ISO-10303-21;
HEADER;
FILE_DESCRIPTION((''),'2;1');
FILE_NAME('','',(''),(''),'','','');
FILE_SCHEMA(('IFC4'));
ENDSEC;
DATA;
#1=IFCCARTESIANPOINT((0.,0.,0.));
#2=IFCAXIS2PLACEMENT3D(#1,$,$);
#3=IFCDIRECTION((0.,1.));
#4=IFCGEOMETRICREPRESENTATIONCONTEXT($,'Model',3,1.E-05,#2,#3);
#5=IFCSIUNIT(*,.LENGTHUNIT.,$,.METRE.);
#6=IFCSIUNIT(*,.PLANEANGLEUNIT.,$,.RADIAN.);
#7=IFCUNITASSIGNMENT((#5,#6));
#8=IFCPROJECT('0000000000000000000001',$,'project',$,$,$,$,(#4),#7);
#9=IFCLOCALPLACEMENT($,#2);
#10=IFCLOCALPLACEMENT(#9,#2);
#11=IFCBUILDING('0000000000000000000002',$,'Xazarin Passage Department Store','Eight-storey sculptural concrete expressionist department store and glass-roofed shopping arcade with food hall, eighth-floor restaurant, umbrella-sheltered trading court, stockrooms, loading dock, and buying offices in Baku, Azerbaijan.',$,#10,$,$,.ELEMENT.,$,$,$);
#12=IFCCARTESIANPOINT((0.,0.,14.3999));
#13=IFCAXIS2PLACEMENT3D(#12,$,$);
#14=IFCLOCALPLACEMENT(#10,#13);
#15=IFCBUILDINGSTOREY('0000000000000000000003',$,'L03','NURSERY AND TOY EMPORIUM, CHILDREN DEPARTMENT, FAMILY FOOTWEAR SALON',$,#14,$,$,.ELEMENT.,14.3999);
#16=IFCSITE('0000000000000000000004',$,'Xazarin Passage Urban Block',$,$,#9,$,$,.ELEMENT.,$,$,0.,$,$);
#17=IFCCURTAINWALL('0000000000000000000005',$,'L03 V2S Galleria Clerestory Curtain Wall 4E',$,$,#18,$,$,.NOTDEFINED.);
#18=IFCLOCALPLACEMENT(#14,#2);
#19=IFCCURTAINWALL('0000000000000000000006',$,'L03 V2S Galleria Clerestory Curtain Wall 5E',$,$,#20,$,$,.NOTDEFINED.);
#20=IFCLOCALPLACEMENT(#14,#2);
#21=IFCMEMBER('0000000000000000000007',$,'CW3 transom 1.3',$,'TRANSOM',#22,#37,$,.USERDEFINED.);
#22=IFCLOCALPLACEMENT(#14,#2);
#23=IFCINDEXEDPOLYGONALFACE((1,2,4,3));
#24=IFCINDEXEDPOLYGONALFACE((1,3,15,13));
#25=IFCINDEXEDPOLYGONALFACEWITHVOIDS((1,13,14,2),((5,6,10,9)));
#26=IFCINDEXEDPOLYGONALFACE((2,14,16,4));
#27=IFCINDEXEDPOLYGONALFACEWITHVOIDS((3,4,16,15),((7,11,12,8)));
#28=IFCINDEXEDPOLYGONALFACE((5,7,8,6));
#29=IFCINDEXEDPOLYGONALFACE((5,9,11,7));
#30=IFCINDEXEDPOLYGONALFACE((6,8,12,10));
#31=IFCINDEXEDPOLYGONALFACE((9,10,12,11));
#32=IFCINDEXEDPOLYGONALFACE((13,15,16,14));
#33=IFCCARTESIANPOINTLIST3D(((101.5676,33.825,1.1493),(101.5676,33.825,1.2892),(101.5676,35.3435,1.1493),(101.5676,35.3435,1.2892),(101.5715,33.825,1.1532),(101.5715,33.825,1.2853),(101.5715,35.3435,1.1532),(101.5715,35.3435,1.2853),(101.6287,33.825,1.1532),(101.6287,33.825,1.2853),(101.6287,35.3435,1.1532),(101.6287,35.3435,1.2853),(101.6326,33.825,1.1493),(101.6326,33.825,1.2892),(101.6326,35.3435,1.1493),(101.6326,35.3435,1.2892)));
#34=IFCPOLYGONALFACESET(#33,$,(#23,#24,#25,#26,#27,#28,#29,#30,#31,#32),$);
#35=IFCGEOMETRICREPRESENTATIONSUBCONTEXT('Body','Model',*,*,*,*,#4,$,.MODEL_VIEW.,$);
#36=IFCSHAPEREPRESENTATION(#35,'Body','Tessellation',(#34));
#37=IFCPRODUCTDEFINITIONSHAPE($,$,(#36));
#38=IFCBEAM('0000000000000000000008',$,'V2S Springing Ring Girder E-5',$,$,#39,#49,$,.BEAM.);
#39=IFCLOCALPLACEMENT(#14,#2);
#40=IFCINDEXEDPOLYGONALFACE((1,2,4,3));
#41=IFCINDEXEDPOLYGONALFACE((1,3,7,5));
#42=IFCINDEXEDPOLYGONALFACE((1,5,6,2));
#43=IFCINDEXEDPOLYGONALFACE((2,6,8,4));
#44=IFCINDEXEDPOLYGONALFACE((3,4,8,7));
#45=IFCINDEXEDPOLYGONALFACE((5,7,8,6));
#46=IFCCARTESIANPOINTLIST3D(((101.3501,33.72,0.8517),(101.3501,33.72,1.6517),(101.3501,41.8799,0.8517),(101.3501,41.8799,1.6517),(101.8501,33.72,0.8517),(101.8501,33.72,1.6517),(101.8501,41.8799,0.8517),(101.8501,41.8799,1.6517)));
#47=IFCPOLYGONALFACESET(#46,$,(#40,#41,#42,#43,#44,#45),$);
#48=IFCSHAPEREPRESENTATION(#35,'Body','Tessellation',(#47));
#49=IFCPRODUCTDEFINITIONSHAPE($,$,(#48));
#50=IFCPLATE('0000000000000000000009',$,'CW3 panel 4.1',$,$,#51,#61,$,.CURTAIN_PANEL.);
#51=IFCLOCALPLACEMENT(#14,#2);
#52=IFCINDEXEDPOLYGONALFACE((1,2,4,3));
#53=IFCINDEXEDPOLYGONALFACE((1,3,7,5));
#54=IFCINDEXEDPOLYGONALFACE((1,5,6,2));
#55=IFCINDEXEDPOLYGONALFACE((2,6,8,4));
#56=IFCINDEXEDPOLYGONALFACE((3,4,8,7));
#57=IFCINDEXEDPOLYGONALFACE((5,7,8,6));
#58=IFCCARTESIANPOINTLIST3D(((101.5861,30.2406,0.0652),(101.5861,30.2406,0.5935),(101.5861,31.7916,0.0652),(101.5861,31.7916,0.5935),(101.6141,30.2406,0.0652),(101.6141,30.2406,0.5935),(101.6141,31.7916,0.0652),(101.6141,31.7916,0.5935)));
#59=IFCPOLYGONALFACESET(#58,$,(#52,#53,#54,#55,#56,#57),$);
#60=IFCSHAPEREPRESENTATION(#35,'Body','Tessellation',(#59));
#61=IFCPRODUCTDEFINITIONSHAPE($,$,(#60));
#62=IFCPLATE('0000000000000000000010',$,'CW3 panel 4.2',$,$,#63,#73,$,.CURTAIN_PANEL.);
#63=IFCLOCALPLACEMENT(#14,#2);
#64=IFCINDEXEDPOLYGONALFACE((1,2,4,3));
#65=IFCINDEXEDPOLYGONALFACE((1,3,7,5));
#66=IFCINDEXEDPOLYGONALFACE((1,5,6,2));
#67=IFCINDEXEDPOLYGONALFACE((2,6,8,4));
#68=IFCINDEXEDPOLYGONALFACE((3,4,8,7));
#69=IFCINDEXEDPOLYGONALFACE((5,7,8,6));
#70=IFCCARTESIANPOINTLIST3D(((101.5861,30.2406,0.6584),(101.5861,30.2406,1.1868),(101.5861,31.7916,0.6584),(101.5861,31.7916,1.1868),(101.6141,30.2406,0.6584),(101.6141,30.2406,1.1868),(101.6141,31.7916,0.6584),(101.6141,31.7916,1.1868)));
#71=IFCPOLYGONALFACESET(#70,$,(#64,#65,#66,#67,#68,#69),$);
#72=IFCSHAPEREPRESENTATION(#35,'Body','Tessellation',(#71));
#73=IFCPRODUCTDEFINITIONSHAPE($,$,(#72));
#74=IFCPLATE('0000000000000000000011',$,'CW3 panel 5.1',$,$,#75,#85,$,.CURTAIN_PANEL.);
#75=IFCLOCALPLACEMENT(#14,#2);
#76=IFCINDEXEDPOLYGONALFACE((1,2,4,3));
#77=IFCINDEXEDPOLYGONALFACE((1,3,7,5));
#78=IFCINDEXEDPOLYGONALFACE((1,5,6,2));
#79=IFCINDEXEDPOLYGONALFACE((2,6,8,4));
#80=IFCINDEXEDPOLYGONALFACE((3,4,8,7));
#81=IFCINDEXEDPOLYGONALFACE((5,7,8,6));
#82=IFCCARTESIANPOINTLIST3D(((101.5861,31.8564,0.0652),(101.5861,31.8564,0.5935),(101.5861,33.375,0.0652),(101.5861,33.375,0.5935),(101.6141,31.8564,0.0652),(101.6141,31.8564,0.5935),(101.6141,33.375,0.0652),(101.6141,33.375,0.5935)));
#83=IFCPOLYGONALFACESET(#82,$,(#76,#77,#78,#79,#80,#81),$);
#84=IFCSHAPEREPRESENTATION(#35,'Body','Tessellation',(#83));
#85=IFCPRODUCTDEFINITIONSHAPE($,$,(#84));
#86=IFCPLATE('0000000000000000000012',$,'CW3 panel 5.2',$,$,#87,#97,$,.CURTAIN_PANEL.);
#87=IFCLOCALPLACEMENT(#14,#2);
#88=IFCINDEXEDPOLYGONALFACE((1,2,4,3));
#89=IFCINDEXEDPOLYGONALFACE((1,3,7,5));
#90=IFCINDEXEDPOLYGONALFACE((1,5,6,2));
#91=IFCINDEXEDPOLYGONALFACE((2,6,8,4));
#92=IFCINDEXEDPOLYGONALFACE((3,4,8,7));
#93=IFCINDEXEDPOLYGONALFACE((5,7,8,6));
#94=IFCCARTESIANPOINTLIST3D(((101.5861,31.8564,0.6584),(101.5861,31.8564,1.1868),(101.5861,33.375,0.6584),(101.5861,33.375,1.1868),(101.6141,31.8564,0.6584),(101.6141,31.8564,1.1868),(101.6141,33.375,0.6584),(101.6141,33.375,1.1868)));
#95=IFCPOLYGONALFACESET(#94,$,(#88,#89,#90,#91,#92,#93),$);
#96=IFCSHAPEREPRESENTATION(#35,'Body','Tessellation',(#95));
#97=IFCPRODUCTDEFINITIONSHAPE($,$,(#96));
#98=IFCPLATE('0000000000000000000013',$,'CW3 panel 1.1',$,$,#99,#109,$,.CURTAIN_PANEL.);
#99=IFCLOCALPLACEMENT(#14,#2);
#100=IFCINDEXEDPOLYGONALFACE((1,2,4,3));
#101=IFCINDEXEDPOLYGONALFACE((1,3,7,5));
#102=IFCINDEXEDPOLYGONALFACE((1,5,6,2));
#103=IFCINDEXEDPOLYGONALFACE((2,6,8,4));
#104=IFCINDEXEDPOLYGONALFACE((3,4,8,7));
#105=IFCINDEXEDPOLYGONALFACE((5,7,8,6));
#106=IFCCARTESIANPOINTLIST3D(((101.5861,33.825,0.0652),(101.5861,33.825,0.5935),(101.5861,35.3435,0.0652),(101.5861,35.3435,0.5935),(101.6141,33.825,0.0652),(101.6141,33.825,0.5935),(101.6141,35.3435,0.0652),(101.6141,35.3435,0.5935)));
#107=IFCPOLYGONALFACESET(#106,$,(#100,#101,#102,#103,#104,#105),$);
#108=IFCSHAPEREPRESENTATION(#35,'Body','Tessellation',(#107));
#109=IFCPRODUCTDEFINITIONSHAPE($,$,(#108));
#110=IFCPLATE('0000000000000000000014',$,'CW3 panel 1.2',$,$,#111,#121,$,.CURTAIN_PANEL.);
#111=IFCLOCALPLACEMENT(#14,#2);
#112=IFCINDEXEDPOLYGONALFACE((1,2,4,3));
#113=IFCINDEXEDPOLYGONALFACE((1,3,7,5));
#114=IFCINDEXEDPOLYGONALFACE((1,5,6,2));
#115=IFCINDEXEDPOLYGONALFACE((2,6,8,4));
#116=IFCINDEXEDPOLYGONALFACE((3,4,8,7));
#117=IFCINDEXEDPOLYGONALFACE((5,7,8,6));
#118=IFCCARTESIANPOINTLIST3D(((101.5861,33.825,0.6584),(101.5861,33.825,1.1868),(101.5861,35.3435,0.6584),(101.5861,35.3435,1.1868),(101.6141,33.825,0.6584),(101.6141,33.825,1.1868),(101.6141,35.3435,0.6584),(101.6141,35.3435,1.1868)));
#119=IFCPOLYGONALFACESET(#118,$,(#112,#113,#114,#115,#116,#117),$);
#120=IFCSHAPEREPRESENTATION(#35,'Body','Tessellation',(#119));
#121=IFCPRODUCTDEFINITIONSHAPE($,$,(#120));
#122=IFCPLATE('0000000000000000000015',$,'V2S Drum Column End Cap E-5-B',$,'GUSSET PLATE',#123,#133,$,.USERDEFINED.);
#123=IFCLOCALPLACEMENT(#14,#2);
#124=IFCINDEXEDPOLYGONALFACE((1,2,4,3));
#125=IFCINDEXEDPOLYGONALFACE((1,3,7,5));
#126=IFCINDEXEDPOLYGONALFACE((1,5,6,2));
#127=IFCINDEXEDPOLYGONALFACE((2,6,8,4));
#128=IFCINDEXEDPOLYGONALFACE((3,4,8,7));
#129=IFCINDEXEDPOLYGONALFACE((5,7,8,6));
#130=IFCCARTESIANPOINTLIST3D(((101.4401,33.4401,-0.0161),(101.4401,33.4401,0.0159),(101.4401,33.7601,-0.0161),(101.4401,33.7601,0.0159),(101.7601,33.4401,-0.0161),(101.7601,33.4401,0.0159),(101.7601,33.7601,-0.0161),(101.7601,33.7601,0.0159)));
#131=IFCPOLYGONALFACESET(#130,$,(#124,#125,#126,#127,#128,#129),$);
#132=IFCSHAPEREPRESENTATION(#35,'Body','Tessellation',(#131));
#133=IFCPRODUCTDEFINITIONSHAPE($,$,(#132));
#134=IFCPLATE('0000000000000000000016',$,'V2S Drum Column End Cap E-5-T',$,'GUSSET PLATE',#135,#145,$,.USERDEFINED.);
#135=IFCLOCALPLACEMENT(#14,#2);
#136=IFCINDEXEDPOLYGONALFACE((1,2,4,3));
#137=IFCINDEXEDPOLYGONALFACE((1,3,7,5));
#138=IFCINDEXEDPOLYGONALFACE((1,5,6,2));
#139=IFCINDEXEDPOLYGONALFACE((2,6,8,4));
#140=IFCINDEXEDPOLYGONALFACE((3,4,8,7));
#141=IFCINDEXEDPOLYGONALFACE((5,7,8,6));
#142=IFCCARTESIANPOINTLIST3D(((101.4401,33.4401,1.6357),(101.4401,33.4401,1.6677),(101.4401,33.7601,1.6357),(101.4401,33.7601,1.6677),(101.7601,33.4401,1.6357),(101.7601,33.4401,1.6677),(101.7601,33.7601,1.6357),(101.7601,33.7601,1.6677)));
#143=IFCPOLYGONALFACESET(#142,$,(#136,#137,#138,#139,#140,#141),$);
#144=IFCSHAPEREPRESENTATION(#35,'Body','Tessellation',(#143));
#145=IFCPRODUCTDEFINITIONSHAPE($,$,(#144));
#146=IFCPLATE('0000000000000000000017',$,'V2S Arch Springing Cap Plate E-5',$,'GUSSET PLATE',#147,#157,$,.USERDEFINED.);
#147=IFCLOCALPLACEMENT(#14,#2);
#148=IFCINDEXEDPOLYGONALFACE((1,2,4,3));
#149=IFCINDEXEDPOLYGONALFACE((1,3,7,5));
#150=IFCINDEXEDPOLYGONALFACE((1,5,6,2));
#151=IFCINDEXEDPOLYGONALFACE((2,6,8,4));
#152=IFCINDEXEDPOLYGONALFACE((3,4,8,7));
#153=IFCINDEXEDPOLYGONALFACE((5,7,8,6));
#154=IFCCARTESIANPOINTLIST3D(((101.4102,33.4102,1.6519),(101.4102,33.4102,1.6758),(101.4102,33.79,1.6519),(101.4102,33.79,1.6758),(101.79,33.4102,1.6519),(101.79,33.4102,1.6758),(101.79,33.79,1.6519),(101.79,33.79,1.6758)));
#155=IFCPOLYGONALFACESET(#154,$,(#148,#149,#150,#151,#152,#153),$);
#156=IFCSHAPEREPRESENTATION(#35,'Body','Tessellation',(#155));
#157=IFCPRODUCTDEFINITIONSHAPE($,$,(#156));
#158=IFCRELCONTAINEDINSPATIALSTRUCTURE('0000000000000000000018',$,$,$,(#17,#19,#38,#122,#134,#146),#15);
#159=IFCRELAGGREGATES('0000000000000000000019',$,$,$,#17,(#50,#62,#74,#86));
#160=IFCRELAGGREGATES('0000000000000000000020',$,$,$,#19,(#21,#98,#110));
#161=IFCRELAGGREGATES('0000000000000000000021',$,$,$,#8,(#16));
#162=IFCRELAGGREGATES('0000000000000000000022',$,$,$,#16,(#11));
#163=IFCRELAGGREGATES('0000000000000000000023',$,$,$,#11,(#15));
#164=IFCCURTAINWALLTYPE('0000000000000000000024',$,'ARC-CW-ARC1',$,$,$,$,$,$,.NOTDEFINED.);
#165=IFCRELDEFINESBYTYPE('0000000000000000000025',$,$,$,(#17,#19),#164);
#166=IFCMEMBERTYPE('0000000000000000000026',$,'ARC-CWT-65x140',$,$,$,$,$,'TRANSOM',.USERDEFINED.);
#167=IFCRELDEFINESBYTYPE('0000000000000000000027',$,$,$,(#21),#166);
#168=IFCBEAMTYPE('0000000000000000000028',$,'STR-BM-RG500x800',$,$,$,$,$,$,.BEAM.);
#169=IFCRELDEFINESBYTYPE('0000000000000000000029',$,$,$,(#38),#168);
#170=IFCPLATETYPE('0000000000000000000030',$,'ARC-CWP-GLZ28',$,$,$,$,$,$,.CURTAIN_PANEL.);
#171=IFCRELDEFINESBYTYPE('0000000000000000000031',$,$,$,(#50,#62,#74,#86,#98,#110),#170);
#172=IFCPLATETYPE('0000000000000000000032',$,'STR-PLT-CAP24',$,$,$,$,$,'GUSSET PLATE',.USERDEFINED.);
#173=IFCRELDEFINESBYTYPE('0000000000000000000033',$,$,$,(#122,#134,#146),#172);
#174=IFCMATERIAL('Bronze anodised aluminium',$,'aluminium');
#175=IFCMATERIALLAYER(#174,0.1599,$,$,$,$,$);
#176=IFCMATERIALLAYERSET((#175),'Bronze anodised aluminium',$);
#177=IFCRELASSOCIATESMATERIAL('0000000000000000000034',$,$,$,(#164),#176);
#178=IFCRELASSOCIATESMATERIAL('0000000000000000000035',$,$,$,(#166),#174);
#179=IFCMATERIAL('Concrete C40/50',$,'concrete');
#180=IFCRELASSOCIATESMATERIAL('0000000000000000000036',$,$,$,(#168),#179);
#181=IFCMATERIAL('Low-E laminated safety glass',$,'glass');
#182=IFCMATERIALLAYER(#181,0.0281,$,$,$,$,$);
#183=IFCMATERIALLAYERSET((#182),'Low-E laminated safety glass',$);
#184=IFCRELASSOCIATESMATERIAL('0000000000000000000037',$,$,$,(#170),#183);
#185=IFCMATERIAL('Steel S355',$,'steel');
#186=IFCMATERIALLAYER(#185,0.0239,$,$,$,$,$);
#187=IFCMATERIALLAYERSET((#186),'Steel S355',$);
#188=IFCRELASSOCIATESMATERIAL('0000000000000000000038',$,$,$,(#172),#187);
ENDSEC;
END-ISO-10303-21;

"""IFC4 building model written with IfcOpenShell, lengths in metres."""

from ifc_helpers import new_model, si_unit, direction, frame, origin, origin_2d, place, context, subcontext, project, spatial, rectangle, hollow_rectangle, extrude, material, layer, layer_set, material_profile, profile_set, type_object, element, aggregate, save


model = new_model("IFC4")

# Units and contexts
model_context = context("Model", 3, precision=1e-05, world=origin(), true_north=direction((0.0, 1.0)))
body_context = subcontext(model_context, "Body", "Model", "MODEL_VIEW")
ifc_project = project(units=[si_unit("LENGTHUNIT", "METRE"), si_unit("PLANEANGLEUNIT", "RADIAN")], contexts=[model_context])

# Site, building, storey
site_placement = place(None, origin())
site = spatial("IfcSite", under=ifc_project, at=site_placement, Name="Xazarin Passage Urban Block", CompositionType="ELEMENT", RefElevation=0.0)
building_placement = place(site_placement, origin())
building = spatial("IfcBuilding", under=site, at=building_placement, Name="Xazarin Passage Department Store", Description="Eight-storey sculptural concrete expressionist department store and glass-roofed shopping arcade with food hall, eighth-floor restaurant, umbrella-sheltered trading court, stockrooms, loading dock, and buying offices in Baku, Azerbaijan.", CompositionType="ELEMENT")
storey_placement = place(building_placement, frame((0.0, 0.0, 14.3999)))
storey = spatial("IfcBuildingStorey", under=building, at=storey_placement, Name="L03", Description="NURSERY AND TOY EMPORIUM, CHILDREN DEPARTMENT, FAMILY FOOTWEAR SALON", CompositionType="ELEMENT", Elevation=14.3999)

# Shared definitions
ifc_material_1 = material(Name="Steel S355", Category="steel")

# Curtain walls
ifc_material_2 = material(Name="Bronze anodised aluminium", Category="aluminium")
ifc_layer_1 = layer(ifc_material_2, 0.1599)
ifc_layer_set_1 = layer_set([ifc_layer_1], Name="Bronze anodised aluminium")
curtain_wall_type = type_object("IfcCurtainWallType", Name="ARC-CW-ARC1", PredefinedType="NOTDEFINED", material=ifc_layer_set_1)
curtain_wall_1_placement = place(storey_placement, origin())
curtain_wall_1 = element("IfcCurtainWall", 1, at=curtain_wall_1_placement, inside=storey, type_object=curtain_wall_type, Name="L03 V2S Galleria Clerestory Curtain Wall 4E", PredefinedType="NOTDEFINED")
curtain_wall_2_placement = place(storey_placement, origin())
curtain_wall_2 = element("IfcCurtainWall", 2, at=curtain_wall_2_placement, inside=storey, type_object=curtain_wall_type, Name="L03 V2S Galleria Clerestory Curtain Wall 5E", PredefinedType="NOTDEFINED")

# Member
ifc_material_profile_1 = material_profile(ifc_material_2, hollow_rectangle(XDim=0.0649, YDim=0.1399, WallThickness=0.0039, at=origin_2d()), Name="ALU 65x140")
ifc_profile_set_1 = profile_set([ifc_material_profile_1], Name="Bronze anodised aluminium")
member_type_1 = type_object("IfcMemberType", Name="ARC-CWT-65x140", ElementType="TRANSOM", PredefinedType="USERDEFINED", material=ifc_profile_set_1)
member_1_placement = place(storey_placement, frame((101.6001, 33.825, 1.2192), z_axis=(0.0, 1.0, 0.0), x_axis=(-1.0, 0.0, 0.0)))
member_1 = element("IfcMember", 3, at=member_1_placement, type_object=member_type_1, Name="CW3 transom 1.3", ObjectType="TRANSOM", PredefinedType="USERDEFINED", context=body_context, shape_type="SweptSolid", body=[
    extrude(hollow_rectangle(XDim=0.0649, YDim=0.1399, WallThickness=0.0039, at=origin_2d()), origin(), (0.0, 0.0, 1.0), 1.5186),
])

# Beam
ifc_material_3 = material(Name="Concrete C40/50", Category="concrete")
ifc_material_profile_2 = material_profile(ifc_material_3, rectangle(XDim=0.5, YDim=0.8, at=origin_2d()), Name="RC 500x800")
ifc_profile_set_2 = profile_set([ifc_material_profile_2], Name="Concrete C40/50")
beam_type = type_object("IfcBeamType", Name="STR-BM-RG500x800", PredefinedType="BEAM", material=ifc_profile_set_2)
beam_placement = place(storey_placement, frame((101.6001, 33.72, 1.2517), z_axis=(0.0, 1.0, 0.0), x_axis=(-1.0, 0.0, 0.0)))
element("IfcBeam", 4, at=beam_placement, inside=storey, type_object=beam_type, Name="V2S Springing Ring Girder E-5", PredefinedType="BEAM", context=body_context, shape_type="SweptSolid", body=[
    extrude(rectangle(XDim=0.5, YDim=0.8, at=origin_2d()), origin(), (0.0, 0.0, 1.0), 8.1599),
])

# Plates
ifc_material_4 = material(Name="Low-E laminated safety glass", Category="glass")
ifc_layer_2 = layer(ifc_material_4, 0.0281)
ifc_layer_set_2 = layer_set([ifc_layer_2], Name="Low-E laminated safety glass")
plate_type_1 = type_object("IfcPlateType", Name="ARC-CWP-GLZ28", PredefinedType="CURTAIN_PANEL", material=ifc_layer_set_2)
plate_1_placement = place(storey_placement, frame((101.6001, 31.0161, 0.0652), z_axis=(0.0, 0.0, 1.0), x_axis=(0.0, 1.0, 0.0)))
plate_1 = element("IfcPlate", 5, at=plate_1_placement, type_object=plate_type_1, Name="CW3 panel 4.1", PredefinedType="CURTAIN_PANEL", context=body_context, shape_type="SweptSolid", body=[
    extrude(rectangle(XDim=1.551, YDim=0.0281, at=origin_2d()), origin(), (0.0, 0.0, 1.0), 0.5283),
])
plate_2_placement = place(storey_placement, frame((101.6001, 31.0161, 0.6584), z_axis=(0.0, 0.0, 1.0), x_axis=(0.0, 1.0, 0.0)))
plate_2 = element("IfcPlate", 6, at=plate_2_placement, type_object=plate_type_1, Name="CW3 panel 4.2", PredefinedType="CURTAIN_PANEL", context=body_context, shape_type="SweptSolid", body=[
    extrude(rectangle(XDim=1.551, YDim=0.0281, at=origin_2d()), origin(), (0.0, 0.0, 1.0), 0.5283),
])
plate_3_placement = place(storey_placement, frame((101.6001, 32.6157, 0.0652), z_axis=(0.0, 0.0, 1.0), x_axis=(0.0, 1.0, 0.0)))
plate_3 = element("IfcPlate", 7, at=plate_3_placement, type_object=plate_type_1, Name="CW3 panel 5.1", PredefinedType="CURTAIN_PANEL", context=body_context, shape_type="SweptSolid", body=[
    extrude(rectangle(XDim=1.5186, YDim=0.0281, at=origin_2d()), origin(), (0.0, 0.0, 1.0), 0.5283),
])
plate_4_placement = place(storey_placement, frame((101.6001, 32.6157, 0.6584), z_axis=(0.0, 0.0, 1.0), x_axis=(0.0, 1.0, 0.0)))
plate_4 = element("IfcPlate", 8, at=plate_4_placement, type_object=plate_type_1, Name="CW3 panel 5.2", PredefinedType="CURTAIN_PANEL", context=body_context, shape_type="SweptSolid", body=[
    extrude(rectangle(XDim=1.5186, YDim=0.0281, at=origin_2d()), origin(), (0.0, 0.0, 1.0), 0.5283),
])
aggregate(curtain_wall_1, [plate_1, plate_2, plate_3, plate_4])
plate_5_placement = place(storey_placement, frame((101.6001, 34.5842, 0.0652), z_axis=(0.0, 0.0, 1.0), x_axis=(0.0, 1.0, 0.0)))
plate_5 = element("IfcPlate", 9, at=plate_5_placement, type_object=plate_type_1, Name="CW3 panel 1.1", PredefinedType="CURTAIN_PANEL", context=body_context, shape_type="SweptSolid", body=[
    extrude(rectangle(XDim=1.5186, YDim=0.0281, at=origin_2d()), origin(), (0.0, 0.0, 1.0), 0.5283),
])
plate_6_placement = place(storey_placement, frame((101.6001, 34.5842, 0.6584), z_axis=(0.0, 0.0, 1.0), x_axis=(0.0, 1.0, 0.0)))
plate_6 = element("IfcPlate", 10, at=plate_6_placement, type_object=plate_type_1, Name="CW3 panel 1.2", PredefinedType="CURTAIN_PANEL", context=body_context, shape_type="SweptSolid", body=[
    extrude(rectangle(XDim=1.5186, YDim=0.0281, at=origin_2d()), origin(), (0.0, 0.0, 1.0), 0.5283),
])
aggregate(curtain_wall_2, [member_1, plate_5, plate_6])

# Plates
ifc_layer_3 = layer(ifc_material_1, 0.0239)
ifc_layer_set_3 = layer_set([ifc_layer_3], Name="Steel S355")
plate_type_2 = type_object("IfcPlateType", Name="STR-PLT-CAP24", ElementType="GUSSET PLATE", PredefinedType="USERDEFINED", material=ifc_layer_set_3)
for number, where, z_axis, x_axis, name in (
    (11, (101.6001, 33.6001, -0.0161), (0.0, 0.0, 1.0), (1.0, 0.0, 0.0), "V2S Drum Column End Cap E-5-B"),
    (12, (101.6001, 33.6001, 1.6357), (0.0, 0.0, 1.0), (1.0, 0.0, 0.0), "V2S Drum Column End Cap E-5-T"),
):
    element("IfcPlate", number, at=place(storey_placement, frame(where, z_axis=z_axis, x_axis=x_axis)), inside=storey, type_object=plate_type_2, Name=name, ObjectType="GUSSET PLATE", PredefinedType="USERDEFINED", context=body_context, shape_type="SweptSolid", body=[
        extrude(rectangle(XDim=0.3201, YDim=0.3201, at=origin_2d()), origin(), (0.0, 0.0, 1.0), 0.032),
    ])
plate_7_placement = place(storey_placement, frame((101.6001, 33.6001, 1.6519), z_axis=(0.0, 0.0, 1.0), x_axis=(1.0, 0.0, 0.0)))
element("IfcPlate", 13, at=plate_7_placement, inside=storey, type_object=plate_type_2, Name="V2S Arch Springing Cap Plate E-5", ObjectType="GUSSET PLATE", PredefinedType="USERDEFINED", context=body_context, shape_type="SweptSolid", body=[
    extrude(rectangle(XDim=0.3799, YDim=0.3799, at=origin_2d()), origin(), (0.0, 0.0, 1.0), 0.0239),
])

save(model, "model.ifc")
